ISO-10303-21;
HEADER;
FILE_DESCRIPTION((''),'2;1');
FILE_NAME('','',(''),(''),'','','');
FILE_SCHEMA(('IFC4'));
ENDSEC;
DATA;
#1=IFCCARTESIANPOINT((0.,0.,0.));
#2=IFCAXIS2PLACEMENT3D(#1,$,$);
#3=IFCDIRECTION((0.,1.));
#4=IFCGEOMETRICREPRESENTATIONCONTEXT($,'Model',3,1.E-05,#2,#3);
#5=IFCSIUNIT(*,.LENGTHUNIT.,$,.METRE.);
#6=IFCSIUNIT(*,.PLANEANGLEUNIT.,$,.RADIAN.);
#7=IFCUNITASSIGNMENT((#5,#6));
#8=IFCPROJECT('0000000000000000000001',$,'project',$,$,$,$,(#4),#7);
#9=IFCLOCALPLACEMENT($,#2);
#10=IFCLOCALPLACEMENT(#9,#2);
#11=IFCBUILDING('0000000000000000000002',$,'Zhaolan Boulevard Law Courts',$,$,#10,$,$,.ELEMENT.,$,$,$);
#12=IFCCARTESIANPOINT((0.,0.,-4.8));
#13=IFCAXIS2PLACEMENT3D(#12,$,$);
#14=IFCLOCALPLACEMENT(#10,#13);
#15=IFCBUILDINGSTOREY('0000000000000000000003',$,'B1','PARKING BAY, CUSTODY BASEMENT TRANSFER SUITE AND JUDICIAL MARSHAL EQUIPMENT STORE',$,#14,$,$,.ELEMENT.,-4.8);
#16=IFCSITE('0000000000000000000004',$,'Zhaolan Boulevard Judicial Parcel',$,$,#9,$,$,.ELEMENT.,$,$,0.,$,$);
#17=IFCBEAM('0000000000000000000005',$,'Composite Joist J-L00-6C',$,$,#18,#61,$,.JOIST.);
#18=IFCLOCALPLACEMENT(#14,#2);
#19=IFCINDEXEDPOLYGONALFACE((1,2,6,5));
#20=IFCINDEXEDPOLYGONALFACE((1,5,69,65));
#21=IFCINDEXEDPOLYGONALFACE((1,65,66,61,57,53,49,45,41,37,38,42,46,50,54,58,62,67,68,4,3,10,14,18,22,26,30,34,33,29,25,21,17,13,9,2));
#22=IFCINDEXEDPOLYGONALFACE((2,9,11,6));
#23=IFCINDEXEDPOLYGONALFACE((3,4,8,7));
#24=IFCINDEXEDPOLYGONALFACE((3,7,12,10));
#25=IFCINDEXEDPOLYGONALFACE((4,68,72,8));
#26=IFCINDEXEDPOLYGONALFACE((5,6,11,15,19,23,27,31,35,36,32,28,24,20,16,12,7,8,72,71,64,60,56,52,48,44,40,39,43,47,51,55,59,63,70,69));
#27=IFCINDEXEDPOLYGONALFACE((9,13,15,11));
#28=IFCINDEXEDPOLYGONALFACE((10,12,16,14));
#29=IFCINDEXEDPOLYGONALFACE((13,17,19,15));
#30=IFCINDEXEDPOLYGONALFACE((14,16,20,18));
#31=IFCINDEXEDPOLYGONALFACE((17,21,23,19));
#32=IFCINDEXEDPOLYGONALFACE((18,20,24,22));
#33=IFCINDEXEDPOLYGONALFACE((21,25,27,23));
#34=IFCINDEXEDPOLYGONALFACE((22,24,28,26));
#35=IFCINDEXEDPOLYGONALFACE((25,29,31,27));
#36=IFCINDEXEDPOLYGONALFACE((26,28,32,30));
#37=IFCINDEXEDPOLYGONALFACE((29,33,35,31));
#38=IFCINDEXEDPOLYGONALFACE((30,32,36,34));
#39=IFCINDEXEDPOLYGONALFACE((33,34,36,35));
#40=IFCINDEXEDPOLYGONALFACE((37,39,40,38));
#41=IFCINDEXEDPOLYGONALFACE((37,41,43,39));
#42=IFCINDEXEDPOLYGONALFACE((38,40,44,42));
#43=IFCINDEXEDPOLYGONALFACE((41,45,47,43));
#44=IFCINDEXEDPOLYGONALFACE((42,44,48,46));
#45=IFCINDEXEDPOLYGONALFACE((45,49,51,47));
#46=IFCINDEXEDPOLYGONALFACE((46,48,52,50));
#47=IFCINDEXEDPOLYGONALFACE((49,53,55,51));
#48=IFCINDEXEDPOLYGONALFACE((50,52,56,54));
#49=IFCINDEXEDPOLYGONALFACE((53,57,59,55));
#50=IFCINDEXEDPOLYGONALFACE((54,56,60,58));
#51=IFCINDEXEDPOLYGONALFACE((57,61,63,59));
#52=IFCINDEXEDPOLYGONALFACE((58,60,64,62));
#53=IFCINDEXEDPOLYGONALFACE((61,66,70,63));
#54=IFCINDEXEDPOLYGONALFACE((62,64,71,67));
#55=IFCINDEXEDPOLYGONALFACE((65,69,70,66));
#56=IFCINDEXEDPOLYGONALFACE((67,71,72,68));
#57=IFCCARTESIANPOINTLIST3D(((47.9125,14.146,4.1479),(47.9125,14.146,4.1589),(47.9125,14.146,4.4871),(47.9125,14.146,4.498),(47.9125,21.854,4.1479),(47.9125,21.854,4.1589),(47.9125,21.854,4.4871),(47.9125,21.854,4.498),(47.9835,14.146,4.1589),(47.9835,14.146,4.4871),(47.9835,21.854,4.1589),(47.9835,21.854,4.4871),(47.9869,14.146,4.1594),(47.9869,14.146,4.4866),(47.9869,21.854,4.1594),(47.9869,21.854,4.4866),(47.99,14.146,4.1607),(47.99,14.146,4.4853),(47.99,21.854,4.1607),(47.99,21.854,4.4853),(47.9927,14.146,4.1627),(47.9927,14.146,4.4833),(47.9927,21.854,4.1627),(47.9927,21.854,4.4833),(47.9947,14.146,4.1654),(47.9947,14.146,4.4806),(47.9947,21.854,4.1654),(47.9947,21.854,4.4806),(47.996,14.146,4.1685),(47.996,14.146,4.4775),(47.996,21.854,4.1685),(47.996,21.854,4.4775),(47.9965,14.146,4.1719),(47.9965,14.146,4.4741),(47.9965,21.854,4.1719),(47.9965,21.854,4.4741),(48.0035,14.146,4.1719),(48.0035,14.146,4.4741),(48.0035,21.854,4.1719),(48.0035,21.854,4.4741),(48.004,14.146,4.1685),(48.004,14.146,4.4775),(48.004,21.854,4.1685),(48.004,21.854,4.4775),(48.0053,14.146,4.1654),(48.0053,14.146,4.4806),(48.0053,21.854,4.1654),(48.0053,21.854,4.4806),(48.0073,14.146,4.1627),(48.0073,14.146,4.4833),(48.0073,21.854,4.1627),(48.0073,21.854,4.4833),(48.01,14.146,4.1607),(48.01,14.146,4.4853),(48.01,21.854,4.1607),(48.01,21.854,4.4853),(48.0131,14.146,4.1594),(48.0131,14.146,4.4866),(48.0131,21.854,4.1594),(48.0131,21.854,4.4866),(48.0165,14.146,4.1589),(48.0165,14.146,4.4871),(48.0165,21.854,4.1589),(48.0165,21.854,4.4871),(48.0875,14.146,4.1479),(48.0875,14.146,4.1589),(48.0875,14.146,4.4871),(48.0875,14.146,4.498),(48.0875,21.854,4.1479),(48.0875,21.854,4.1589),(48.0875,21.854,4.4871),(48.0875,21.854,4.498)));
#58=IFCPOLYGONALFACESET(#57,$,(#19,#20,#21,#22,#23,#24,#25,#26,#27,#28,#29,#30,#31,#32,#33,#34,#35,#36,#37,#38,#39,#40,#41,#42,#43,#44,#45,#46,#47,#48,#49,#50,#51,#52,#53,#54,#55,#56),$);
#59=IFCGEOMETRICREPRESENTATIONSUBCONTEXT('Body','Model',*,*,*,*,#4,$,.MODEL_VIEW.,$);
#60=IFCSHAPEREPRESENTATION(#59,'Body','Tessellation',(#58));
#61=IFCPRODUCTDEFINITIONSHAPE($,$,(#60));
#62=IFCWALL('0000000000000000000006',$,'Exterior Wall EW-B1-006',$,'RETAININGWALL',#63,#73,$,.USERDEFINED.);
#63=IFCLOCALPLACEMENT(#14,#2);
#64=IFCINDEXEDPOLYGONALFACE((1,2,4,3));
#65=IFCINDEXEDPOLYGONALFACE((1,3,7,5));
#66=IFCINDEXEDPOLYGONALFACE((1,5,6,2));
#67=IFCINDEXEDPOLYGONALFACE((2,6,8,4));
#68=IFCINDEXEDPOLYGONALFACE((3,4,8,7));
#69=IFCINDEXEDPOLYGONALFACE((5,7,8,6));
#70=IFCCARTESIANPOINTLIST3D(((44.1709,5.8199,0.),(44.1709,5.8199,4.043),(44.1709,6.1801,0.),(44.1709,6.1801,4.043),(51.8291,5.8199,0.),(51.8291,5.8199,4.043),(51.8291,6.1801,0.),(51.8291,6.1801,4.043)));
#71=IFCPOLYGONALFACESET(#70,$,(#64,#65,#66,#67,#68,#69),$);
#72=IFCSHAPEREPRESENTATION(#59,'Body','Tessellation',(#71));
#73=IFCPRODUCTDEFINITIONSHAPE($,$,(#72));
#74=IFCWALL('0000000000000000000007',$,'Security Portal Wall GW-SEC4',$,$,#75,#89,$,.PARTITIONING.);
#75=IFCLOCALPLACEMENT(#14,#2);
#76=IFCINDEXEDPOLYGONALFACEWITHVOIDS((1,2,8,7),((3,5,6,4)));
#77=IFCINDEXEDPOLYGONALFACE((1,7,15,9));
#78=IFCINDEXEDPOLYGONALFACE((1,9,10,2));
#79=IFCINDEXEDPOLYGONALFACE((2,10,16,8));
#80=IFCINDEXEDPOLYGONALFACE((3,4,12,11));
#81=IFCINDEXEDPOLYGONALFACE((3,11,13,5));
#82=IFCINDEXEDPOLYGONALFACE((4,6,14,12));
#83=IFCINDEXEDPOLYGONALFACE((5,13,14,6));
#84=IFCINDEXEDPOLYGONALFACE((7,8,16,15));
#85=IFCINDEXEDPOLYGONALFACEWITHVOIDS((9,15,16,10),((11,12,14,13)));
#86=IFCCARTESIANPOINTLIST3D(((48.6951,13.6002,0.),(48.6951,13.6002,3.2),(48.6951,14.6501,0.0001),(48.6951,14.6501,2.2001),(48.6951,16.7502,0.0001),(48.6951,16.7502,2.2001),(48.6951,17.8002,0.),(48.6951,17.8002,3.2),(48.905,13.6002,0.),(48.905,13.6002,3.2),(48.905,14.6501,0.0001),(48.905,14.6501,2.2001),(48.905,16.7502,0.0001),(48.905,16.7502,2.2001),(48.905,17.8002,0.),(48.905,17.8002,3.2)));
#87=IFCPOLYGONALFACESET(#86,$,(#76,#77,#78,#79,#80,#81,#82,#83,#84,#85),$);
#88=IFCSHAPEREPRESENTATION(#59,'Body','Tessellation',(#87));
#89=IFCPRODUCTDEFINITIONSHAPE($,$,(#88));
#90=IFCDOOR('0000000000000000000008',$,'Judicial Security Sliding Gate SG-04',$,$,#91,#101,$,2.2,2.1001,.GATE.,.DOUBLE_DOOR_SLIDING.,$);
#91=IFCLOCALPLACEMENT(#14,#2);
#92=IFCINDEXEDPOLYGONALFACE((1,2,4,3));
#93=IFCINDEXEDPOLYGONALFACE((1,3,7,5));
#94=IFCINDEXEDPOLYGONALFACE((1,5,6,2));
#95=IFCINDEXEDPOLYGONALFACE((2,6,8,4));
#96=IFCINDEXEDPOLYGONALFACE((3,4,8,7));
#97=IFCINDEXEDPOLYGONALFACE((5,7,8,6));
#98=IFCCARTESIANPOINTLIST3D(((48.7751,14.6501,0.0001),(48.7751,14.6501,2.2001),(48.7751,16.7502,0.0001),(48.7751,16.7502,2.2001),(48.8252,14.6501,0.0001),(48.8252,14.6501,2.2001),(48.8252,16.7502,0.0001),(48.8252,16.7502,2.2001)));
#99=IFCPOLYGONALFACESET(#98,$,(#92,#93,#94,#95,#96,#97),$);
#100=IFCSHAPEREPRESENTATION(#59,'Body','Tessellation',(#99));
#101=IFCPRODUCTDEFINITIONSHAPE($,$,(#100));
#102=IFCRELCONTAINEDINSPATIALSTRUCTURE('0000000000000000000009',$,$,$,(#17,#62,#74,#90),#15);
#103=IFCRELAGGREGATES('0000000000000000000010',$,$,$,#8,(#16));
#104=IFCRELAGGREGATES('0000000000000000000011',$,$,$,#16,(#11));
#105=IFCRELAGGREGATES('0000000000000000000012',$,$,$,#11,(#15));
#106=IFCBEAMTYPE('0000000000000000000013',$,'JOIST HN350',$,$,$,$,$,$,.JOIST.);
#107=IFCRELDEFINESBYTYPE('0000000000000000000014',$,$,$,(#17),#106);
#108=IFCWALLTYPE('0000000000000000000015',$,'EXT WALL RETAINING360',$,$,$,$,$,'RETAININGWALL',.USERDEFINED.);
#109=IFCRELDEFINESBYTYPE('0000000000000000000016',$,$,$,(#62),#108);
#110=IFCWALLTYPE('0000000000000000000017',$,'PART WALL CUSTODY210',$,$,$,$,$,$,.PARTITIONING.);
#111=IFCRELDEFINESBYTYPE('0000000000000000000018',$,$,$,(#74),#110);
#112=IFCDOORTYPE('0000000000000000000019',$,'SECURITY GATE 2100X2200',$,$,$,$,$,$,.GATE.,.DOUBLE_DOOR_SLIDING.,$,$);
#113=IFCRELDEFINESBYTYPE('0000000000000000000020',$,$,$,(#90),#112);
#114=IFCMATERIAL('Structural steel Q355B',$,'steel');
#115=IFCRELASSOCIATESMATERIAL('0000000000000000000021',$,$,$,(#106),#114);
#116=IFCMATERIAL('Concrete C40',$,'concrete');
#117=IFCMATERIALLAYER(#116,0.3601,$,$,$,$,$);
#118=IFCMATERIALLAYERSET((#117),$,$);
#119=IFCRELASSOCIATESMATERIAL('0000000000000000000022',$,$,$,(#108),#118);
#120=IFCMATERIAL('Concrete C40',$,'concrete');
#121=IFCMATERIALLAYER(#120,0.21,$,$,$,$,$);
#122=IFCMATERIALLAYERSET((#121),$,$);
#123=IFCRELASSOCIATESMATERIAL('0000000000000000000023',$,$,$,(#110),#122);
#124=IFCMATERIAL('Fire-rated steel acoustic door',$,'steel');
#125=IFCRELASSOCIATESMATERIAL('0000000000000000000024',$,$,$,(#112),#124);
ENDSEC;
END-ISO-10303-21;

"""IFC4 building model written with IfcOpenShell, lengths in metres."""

from ifc_helpers import new_model, si_unit, direction, frame, frame_2d, origin, origin_2d, place, context, subcontext, project, spatial, rectangle, i_section, extrude, material, layer, layer_set, material_profile, profile_set, type_object, element, fill, save


model = new_model("IFC4")

# Units and contexts
model_context = context("Model", 3, precision=1e-05, world=origin(), true_north=direction((0.0, 1.0)))
body_context = subcontext(model_context, "Body", "Model", "MODEL_VIEW")
ifc_project = project(units=[si_unit("LENGTHUNIT", "METRE"), si_unit("PLANEANGLEUNIT", "RADIAN")], contexts=[model_context])

# Site, building, storey
site_placement = place(None, origin())
site = spatial("IfcSite", under=ifc_project, at=site_placement, Name="Zhaolan Boulevard Judicial Parcel", CompositionType="ELEMENT", RefElevation=0.0)
building_placement = place(site_placement, origin())
building = spatial("IfcBuilding", under=site, at=building_placement, Name="Zhaolan Boulevard Law Courts", CompositionType="ELEMENT")
storey_placement = place(building_placement, frame((0.0, 0.0, -4.8)))
storey = spatial("IfcBuildingStorey", under=building, at=storey_placement, Name="B1", Description="PARKING BAY, CUSTODY BASEMENT TRANSFER SUITE AND JUDICIAL MARSHAL EQUIPMENT STORE", CompositionType="ELEMENT", Elevation=-4.8)

# Beam
ifc_material_1 = material(Name="Structural steel Q355B", Category="steel")
ifc_material_profile_1 = material_profile(ifc_material_1, i_section(OverallWidth=0.175, OverallDepth=0.3501, WebThickness=0.0071, FlangeThickness=0.011, FilletRadius=0.0129, at=origin_2d()), Name="HN350x175")
ifc_profile_set_1 = profile_set([ifc_material_profile_1], Name="Structural steel Q355B")
beam_type_1 = type_object("IfcBeamType", Name="JOIST HN350", PredefinedType="JOIST", material=ifc_profile_set_1)
beam_1_placement = place(storey_placement, frame((48.0, 14.146, 4.323), z_axis=(0.0, 1.0, 0.0), x_axis=(-1.0, 0.0, 0.0)))
element("IfcBeam", 1, at=beam_1_placement, inside=storey, type_object=beam_type_1, Name="Composite Joist J-L00-6C", PredefinedType="JOIST", context=body_context, shape_type="SweptSolid", body=[
    extrude(i_section(OverallWidth=0.175, OverallDepth=0.3501, WebThickness=0.0071, FlangeThickness=0.011, FilletRadius=0.0129, at=origin_2d()), origin(), (0.0, 0.0, 1.0), 7.708),
])

# Wall
ifc_material_2 = material(Name="Concrete C40", Category="concrete")
ifc_layer_1 = layer(ifc_material_2, 0.3601)
ifc_layer_set_1 = layer_set([ifc_layer_1])
wall_type_1 = type_object("IfcWallType", Name="EXT WALL RETAINING360", ElementType="RETAININGWALL", PredefinedType="USERDEFINED", material=ifc_layer_set_1)
wall_1_placement = place(storey_placement, frame((44.1709, 6.0, 0.0), z_axis=(0.0, 0.0, 1.0), x_axis=(1.0, 0.0, 0.0)))
element("IfcWall", 2, at=wall_1_placement, inside=storey, type_object=wall_type_1, Name="Exterior Wall EW-B1-006", ObjectType="RETAININGWALL", PredefinedType="USERDEFINED", context=body_context, shape_type="SweptSolid", body=[
    extrude(rectangle(XDim=7.6582, YDim=0.3601, at=frame_2d((3.8291, 0.0))), origin(), (0.0, 0.0, 1.0), 4.043),
])

# Wall, opening, door
ifc_material_3 = material(Name="Concrete C40", Category="concrete")
ifc_layer_2 = layer(ifc_material_3, 0.21)
ifc_layer_set_2 = layer_set([ifc_layer_2])
wall_type_2 = type_object("IfcWallType", Name="PART WALL CUSTODY210", PredefinedType="PARTITIONING", material=ifc_layer_set_2)
wall_2_placement = place(storey_placement, frame((48.8, 13.6001, 0.0), z_axis=(0.0, 0.0, 1.0), x_axis=(0.0, 1.0, 0.0)))
wall_2 = element("IfcWall", 3, at=wall_2_placement, inside=storey, type_object=wall_type_2, Name="Security Portal Wall GW-SEC4", PredefinedType="PARTITIONING", context=body_context, shape_type="SweptSolid", body=[
    extrude(rectangle(XDim=4.2, YDim=0.21, at=frame_2d((2.1001, 0.0))), origin(), (0.0, 0.0, 1.0), 3.2),
])
opening_placement = place(wall_2_placement, frame((1.05, 0.0, 0.0)))
opening = element("IfcOpeningElement", 4, at=opening_placement, cuts=wall_2, PredefinedType="OPENING", context=body_context, shape_type="SweptSolid", body=[
    extrude(rectangle(XDim=2.1001, YDim=2.2, at=frame_2d((1.05, 1.1001))), frame((0.0, 0.115, 0.0), z_axis=(0.0, -1.0, 0.0), x_axis=(1.0, 0.0, 0.0)), (0.0, 0.0, 1.0), 0.23),
])
ifc_material_4 = material(Name="Fire-rated steel acoustic door", Category="steel")
door_type = type_object("IfcDoorType", Name="SECURITY GATE 2100X2200", OperationType="DOUBLE_DOOR_SLIDING", PredefinedType="GATE", material=ifc_material_4)
door_placement = place(opening_placement, origin())
door = element("IfcDoor", 5, at=door_placement, inside=storey, type_object=door_type, Name="Judicial Security Sliding Gate SG-04", OperationType="DOUBLE_DOOR_SLIDING", OverallHeight=2.2, OverallWidth=2.1001, PredefinedType="GATE", context=body_context, shape_type="SweptSolid", body=[
    extrude(rectangle(XDim=2.1001, YDim=2.2, at=frame_2d((1.05, 1.1001))), frame((0.0, 0.0249, 0.0), z_axis=(0.0, -1.0, 0.0), x_axis=(1.0, 0.0, 0.0)), (0.0, 0.0, 1.0), 0.05),
])
fill(opening, door)

save(model, "model.ifc")
